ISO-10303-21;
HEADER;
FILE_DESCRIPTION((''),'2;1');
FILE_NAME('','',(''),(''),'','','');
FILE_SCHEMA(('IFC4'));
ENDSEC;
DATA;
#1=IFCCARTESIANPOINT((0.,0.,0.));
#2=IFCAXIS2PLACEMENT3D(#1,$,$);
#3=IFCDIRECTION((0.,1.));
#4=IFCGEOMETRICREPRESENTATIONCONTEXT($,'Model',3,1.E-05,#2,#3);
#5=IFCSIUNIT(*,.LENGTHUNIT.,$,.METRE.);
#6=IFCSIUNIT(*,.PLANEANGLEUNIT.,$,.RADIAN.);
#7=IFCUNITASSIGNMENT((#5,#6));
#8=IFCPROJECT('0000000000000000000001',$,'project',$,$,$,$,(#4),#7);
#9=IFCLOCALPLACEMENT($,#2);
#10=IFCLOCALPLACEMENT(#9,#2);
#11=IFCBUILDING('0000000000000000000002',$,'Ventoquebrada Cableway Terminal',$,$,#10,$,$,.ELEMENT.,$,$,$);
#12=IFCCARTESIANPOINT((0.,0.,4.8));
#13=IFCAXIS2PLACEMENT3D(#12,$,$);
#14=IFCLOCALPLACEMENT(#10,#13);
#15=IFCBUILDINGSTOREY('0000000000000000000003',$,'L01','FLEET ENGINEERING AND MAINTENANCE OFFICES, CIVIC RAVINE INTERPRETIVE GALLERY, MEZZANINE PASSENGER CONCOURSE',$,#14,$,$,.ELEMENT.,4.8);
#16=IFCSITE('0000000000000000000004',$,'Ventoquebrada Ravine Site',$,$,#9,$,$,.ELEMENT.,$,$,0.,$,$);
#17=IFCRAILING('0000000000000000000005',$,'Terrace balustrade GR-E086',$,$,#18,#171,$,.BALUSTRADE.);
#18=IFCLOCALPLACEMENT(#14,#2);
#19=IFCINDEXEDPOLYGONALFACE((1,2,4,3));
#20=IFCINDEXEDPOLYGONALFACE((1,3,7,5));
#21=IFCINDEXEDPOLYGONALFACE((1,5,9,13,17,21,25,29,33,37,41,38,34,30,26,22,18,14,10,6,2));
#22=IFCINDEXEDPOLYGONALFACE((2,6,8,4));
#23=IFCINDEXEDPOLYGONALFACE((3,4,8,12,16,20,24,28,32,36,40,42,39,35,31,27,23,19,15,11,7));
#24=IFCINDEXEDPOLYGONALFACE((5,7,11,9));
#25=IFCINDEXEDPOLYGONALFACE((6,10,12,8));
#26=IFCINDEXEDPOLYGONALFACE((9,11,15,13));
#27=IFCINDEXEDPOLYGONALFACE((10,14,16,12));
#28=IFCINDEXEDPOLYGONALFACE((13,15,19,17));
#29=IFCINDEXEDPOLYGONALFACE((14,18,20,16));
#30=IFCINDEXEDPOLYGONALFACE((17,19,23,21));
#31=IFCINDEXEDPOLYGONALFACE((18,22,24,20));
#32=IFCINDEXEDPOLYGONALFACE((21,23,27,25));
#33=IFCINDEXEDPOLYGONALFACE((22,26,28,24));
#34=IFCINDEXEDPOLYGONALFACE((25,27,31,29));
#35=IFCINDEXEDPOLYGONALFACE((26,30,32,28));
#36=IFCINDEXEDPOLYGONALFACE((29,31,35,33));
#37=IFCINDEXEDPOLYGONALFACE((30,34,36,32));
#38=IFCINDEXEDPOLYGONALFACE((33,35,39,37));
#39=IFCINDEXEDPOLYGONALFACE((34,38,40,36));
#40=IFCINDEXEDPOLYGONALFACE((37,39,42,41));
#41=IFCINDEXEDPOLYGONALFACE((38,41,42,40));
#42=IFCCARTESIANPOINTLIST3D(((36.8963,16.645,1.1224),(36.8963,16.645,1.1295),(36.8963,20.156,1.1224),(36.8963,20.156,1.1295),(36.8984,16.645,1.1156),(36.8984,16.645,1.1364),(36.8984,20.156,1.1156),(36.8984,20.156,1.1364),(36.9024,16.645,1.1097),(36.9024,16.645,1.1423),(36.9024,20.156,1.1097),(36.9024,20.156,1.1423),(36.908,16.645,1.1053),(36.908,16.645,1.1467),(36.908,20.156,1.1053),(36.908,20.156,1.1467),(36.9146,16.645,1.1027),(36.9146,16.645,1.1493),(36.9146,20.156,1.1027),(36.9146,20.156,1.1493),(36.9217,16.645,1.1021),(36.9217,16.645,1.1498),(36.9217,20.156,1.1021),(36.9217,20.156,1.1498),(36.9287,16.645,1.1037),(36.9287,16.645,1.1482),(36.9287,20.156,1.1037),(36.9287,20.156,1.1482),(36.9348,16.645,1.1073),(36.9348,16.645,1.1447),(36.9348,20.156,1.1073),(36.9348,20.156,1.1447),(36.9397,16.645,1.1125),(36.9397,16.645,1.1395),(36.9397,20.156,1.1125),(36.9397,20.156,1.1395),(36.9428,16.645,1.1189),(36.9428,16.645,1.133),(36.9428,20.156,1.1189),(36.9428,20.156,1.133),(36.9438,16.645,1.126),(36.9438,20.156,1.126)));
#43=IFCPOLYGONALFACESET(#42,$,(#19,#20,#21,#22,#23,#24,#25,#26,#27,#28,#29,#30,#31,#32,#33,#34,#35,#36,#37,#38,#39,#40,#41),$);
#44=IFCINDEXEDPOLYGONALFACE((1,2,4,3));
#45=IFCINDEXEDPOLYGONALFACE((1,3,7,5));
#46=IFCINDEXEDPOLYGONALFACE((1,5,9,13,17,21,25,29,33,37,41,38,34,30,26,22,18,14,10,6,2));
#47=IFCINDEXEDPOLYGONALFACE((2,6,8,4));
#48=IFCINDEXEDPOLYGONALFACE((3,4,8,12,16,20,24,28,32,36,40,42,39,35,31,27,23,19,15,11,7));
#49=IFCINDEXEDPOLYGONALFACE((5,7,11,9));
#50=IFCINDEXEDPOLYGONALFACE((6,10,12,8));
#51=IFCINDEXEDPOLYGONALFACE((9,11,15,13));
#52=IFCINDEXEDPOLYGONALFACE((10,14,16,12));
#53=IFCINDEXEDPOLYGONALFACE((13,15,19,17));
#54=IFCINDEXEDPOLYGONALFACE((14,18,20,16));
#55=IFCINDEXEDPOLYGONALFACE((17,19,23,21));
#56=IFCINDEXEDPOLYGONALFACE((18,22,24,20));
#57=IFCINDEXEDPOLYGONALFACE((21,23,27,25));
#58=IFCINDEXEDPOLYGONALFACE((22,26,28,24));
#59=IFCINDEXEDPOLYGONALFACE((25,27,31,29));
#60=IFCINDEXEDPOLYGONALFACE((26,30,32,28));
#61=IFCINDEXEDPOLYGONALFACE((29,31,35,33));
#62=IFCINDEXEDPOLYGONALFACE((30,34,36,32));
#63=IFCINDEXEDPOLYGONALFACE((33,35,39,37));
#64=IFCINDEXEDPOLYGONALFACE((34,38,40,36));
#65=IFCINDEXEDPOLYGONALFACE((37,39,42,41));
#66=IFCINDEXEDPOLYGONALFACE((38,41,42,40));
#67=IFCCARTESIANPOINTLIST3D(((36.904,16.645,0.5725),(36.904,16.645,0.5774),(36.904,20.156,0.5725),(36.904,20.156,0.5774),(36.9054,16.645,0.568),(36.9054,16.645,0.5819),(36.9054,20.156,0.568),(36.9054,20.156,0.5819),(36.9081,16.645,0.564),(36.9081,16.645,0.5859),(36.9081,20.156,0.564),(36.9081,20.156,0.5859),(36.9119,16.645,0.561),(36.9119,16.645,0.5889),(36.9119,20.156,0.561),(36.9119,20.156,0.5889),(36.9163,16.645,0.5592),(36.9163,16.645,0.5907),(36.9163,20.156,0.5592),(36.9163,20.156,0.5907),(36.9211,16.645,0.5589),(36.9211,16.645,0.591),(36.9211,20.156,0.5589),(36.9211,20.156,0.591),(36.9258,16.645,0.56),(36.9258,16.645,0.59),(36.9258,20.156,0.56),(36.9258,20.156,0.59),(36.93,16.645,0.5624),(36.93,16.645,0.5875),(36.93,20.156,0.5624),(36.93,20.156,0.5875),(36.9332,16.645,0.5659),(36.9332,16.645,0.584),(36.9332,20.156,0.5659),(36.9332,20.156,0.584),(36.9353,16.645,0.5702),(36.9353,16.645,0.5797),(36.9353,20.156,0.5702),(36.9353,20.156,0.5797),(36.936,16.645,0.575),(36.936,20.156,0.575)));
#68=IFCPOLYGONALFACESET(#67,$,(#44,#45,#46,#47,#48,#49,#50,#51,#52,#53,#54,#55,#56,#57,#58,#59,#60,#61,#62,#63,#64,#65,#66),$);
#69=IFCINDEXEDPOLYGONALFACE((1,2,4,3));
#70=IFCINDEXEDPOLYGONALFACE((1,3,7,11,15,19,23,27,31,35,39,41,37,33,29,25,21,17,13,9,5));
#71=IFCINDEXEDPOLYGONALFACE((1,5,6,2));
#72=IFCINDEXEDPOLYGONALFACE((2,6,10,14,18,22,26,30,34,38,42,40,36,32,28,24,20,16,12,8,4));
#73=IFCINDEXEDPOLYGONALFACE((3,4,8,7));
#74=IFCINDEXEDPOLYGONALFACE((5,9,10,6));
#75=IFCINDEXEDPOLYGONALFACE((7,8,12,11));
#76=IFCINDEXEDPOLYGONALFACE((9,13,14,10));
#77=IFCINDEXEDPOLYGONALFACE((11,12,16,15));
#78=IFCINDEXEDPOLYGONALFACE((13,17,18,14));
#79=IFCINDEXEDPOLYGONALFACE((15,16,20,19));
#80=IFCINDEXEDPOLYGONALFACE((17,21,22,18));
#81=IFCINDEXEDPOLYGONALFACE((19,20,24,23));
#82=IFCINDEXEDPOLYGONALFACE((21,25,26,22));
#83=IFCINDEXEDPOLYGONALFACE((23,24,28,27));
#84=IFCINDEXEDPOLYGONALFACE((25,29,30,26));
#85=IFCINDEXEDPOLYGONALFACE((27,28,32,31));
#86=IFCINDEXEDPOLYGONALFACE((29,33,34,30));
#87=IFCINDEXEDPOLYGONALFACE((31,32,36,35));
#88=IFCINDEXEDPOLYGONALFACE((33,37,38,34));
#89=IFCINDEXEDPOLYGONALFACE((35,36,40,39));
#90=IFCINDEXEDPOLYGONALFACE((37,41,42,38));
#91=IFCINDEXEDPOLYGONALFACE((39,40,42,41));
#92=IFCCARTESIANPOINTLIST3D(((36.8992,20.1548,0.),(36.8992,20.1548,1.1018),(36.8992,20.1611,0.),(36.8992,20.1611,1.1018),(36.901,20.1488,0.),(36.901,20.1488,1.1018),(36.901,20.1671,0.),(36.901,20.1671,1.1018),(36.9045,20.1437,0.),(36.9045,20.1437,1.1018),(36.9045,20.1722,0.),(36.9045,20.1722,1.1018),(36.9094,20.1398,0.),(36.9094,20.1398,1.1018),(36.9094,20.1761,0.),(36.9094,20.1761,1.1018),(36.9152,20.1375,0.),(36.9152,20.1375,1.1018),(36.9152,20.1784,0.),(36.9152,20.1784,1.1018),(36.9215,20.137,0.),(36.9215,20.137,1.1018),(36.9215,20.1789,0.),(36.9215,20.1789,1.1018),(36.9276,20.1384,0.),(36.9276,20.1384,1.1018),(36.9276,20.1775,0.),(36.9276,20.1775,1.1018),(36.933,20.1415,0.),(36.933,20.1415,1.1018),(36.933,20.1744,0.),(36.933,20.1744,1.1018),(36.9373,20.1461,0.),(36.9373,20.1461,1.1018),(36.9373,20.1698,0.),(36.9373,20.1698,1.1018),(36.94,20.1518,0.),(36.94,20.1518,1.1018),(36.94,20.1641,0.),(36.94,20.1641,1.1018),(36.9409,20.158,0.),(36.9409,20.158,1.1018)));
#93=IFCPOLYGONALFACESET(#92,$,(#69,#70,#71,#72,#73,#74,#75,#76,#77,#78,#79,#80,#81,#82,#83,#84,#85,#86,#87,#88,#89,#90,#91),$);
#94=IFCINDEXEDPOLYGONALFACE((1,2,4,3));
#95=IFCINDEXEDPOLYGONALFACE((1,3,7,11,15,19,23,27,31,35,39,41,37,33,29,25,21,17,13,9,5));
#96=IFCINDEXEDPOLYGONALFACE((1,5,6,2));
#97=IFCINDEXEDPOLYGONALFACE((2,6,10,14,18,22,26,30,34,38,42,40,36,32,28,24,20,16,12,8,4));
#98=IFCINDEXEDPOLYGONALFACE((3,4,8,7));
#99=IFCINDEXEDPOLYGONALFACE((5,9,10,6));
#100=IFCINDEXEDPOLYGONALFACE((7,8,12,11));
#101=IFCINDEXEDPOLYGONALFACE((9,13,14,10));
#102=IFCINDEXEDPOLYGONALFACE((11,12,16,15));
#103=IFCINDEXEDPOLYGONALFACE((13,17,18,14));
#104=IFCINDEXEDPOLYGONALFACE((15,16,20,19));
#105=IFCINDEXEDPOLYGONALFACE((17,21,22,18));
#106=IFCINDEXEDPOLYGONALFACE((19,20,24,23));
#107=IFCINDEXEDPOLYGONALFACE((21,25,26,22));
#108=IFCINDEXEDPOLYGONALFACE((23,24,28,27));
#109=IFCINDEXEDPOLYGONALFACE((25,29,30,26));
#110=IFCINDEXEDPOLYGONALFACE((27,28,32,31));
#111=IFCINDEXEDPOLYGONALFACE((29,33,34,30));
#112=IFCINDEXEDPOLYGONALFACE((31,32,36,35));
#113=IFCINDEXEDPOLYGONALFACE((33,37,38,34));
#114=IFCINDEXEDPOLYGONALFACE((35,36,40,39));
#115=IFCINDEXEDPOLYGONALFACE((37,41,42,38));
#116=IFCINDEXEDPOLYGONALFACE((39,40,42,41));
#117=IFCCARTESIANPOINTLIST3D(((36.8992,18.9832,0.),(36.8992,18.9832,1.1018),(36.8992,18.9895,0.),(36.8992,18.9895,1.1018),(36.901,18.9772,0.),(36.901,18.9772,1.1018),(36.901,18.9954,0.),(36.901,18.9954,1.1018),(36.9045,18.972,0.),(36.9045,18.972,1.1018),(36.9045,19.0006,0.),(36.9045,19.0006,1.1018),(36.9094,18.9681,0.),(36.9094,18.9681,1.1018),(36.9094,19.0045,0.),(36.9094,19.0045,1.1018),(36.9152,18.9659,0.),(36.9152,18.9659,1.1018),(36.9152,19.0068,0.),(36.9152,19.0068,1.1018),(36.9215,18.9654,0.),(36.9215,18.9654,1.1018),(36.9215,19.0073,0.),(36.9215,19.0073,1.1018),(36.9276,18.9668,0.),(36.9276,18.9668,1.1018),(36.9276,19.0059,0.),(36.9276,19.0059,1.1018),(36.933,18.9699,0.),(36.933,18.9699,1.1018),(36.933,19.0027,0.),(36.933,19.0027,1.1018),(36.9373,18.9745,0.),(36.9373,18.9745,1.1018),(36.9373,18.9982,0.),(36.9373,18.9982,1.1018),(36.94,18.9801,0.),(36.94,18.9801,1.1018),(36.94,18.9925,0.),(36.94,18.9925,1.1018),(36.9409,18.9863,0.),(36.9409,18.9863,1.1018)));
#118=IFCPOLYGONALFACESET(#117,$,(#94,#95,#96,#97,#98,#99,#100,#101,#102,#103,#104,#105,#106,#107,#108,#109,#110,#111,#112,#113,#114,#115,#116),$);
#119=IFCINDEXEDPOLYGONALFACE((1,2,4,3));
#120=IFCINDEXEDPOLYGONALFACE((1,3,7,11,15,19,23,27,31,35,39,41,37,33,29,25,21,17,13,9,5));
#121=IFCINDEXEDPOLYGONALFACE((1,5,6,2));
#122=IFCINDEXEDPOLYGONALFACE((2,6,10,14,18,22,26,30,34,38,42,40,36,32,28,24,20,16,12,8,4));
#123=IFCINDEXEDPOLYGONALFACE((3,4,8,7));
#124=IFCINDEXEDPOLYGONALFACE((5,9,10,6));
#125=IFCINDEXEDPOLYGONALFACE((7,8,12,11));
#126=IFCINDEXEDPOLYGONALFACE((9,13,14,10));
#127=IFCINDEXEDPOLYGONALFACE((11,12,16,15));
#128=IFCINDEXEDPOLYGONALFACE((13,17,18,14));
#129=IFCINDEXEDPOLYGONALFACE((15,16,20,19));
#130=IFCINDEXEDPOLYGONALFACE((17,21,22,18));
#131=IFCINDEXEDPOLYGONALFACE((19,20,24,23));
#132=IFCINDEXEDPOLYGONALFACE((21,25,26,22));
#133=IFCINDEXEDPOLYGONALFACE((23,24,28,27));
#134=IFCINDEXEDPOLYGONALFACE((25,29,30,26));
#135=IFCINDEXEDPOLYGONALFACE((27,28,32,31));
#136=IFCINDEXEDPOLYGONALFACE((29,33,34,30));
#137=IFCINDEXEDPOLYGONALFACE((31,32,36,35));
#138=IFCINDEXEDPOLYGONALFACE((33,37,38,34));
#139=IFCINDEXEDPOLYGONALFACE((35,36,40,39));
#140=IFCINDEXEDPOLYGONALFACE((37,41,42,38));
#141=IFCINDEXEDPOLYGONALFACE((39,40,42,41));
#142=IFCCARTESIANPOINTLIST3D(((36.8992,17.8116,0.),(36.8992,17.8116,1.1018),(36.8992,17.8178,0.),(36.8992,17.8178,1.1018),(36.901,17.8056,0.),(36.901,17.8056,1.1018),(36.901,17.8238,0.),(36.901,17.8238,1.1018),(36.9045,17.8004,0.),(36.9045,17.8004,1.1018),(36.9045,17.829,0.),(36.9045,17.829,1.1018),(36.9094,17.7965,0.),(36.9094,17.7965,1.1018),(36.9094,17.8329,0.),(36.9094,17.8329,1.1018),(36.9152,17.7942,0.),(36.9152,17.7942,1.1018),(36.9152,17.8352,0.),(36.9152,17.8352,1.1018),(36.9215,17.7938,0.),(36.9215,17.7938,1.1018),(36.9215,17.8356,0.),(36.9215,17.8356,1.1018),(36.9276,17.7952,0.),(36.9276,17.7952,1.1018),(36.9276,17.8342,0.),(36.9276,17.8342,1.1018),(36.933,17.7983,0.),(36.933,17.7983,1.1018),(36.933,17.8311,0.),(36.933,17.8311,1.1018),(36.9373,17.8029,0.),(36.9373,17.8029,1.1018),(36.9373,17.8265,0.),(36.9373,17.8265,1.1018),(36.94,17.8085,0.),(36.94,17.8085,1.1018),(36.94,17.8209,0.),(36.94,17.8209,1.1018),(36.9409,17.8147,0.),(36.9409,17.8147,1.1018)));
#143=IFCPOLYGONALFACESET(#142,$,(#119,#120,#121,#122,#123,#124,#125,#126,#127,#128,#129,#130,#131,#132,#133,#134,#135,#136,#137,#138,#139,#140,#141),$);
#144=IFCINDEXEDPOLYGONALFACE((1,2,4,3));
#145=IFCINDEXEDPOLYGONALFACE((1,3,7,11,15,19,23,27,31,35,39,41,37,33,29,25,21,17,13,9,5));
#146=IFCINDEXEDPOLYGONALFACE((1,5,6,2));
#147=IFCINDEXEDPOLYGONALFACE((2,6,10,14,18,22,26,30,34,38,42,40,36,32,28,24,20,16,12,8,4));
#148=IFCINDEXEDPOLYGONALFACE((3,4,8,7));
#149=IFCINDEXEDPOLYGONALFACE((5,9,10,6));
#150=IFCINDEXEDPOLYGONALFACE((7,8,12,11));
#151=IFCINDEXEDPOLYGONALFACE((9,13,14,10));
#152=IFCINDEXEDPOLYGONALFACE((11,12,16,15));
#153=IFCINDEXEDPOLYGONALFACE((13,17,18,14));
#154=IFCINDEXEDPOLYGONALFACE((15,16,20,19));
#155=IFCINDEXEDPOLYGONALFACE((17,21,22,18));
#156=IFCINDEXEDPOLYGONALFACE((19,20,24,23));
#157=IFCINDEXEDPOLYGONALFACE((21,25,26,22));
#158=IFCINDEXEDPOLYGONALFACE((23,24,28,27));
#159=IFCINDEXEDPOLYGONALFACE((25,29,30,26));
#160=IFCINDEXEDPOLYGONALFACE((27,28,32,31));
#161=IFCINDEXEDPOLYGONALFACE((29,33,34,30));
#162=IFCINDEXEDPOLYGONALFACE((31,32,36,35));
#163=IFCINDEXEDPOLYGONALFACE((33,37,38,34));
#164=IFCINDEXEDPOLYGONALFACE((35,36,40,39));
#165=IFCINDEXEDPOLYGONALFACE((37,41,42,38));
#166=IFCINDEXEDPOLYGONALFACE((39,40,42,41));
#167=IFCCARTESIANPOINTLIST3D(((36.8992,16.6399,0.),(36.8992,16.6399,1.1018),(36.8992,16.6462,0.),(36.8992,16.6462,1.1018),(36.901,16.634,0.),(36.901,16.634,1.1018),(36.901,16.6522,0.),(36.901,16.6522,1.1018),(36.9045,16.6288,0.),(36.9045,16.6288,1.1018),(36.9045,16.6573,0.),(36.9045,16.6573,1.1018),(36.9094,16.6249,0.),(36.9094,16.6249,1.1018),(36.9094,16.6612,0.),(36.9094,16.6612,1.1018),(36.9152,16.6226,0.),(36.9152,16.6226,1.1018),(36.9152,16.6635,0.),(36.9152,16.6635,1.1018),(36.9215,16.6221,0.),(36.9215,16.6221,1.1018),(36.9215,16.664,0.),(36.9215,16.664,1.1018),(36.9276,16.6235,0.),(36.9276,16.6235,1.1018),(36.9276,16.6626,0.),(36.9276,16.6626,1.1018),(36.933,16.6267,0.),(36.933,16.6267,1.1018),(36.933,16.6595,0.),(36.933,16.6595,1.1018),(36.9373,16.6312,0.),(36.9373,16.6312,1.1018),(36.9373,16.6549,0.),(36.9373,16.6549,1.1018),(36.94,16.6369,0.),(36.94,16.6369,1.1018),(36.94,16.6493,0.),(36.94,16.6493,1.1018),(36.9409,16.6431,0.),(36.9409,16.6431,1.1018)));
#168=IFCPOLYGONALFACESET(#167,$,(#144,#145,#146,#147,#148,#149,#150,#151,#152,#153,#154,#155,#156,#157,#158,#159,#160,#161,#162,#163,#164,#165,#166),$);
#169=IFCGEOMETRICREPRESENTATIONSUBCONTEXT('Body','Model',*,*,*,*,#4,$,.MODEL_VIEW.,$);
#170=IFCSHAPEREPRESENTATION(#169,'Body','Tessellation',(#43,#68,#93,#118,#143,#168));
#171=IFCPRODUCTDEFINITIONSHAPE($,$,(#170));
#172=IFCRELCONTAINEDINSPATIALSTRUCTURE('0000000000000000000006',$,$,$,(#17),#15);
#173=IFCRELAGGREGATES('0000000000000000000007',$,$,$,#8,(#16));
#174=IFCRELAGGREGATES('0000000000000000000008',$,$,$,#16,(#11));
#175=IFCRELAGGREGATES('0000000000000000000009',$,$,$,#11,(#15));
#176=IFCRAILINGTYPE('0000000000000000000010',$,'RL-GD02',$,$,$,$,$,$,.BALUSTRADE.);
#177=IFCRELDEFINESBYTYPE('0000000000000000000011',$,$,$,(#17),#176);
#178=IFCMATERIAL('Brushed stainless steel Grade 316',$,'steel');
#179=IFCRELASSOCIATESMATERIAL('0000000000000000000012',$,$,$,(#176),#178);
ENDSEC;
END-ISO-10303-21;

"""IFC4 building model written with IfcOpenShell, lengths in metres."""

from ifc_helpers import new_model, si_unit, direction, frame, origin, origin_2d, place, context, subcontext, project, spatial, circle, extrude, material, type_object, element, save


model = new_model("IFC4")

# Units and contexts
model_context = context("Model", 3, precision=1e-05, world=origin(), true_north=direction((0.0, 1.0)))
body_context = subcontext(model_context, "Body", "Model", "MODEL_VIEW")
ifc_project = project(units=[si_unit("LENGTHUNIT", "METRE"), si_unit("PLANEANGLEUNIT", "RADIAN")], contexts=[model_context])

# Site, building, storey
site_placement = place(None, origin())
site = spatial("IfcSite", under=ifc_project, at=site_placement, Name="Ventoquebrada Ravine Site", CompositionType="ELEMENT", RefElevation=0.0)
building_placement = place(site_placement, origin())
building = spatial("IfcBuilding", under=site, at=building_placement, Name="Ventoquebrada Cableway Terminal", CompositionType="ELEMENT")
storey_placement = place(building_placement, frame((0.0, 0.0, 4.8)))
storey = spatial("IfcBuildingStorey", under=building, at=storey_placement, Name="L01", Description="FLEET ENGINEERING AND MAINTENANCE OFFICES, CIVIC RAVINE INTERPRETIVE GALLERY, MEZZANINE PASSENGER CONCOURSE", CompositionType="ELEMENT", Elevation=4.8)

# Railing
ifc_material_1 = material(Name="Brushed stainless steel Grade 316", Category="steel")
railing_type = type_object("IfcRailingType", Name="RL-GD02", PredefinedType="BALUSTRADE", material=ifc_material_1)
railing_1_placement = place(storey_placement, frame((36.9199, 20.158, 0.0)))
element("IfcRailing", 1, at=railing_1_placement, inside=storey, type_object=railing_type, Name="Terrace balustrade GR-E086", PredefinedType="BALUSTRADE", context=body_context, shape_type="SweptSolid", body=[
    extrude(circle(Radius=0.0239, at=origin_2d()), frame((0.0, -0.002, 1.126), z_axis=(0.0, -1.0, 0.0), x_axis=(1.0, 0.0, 0.0)), (0.0, 0.0, 1.0), 3.511),
    extrude(circle(Radius=0.0161, at=origin_2d()), frame((0.0, -0.002, 0.575), z_axis=(0.0, -1.0, 0.0), x_axis=(1.0, 0.0, 0.0)), (0.0, 0.0, 1.0), 3.511),
    extrude(circle(Radius=0.021, at=origin_2d()), origin(), (0.0, 0.0, 1.0), 1.1018),
    extrude(circle(Radius=0.021, at=origin_2d()), frame((0.0, -1.1716, 0.0)), (0.0, 0.0, 1.0), 1.1018),
    extrude(circle(Radius=0.021, at=origin_2d()), frame((0.0, -2.3433, 0.0)), (0.0, 0.0, 1.0), 1.1018),
    extrude(circle(Radius=0.021, at=origin_2d()), frame((0.0, -3.5149, 0.0)), (0.0, 0.0, 1.0), 1.1018),
])

save(model, "model.ifc")
